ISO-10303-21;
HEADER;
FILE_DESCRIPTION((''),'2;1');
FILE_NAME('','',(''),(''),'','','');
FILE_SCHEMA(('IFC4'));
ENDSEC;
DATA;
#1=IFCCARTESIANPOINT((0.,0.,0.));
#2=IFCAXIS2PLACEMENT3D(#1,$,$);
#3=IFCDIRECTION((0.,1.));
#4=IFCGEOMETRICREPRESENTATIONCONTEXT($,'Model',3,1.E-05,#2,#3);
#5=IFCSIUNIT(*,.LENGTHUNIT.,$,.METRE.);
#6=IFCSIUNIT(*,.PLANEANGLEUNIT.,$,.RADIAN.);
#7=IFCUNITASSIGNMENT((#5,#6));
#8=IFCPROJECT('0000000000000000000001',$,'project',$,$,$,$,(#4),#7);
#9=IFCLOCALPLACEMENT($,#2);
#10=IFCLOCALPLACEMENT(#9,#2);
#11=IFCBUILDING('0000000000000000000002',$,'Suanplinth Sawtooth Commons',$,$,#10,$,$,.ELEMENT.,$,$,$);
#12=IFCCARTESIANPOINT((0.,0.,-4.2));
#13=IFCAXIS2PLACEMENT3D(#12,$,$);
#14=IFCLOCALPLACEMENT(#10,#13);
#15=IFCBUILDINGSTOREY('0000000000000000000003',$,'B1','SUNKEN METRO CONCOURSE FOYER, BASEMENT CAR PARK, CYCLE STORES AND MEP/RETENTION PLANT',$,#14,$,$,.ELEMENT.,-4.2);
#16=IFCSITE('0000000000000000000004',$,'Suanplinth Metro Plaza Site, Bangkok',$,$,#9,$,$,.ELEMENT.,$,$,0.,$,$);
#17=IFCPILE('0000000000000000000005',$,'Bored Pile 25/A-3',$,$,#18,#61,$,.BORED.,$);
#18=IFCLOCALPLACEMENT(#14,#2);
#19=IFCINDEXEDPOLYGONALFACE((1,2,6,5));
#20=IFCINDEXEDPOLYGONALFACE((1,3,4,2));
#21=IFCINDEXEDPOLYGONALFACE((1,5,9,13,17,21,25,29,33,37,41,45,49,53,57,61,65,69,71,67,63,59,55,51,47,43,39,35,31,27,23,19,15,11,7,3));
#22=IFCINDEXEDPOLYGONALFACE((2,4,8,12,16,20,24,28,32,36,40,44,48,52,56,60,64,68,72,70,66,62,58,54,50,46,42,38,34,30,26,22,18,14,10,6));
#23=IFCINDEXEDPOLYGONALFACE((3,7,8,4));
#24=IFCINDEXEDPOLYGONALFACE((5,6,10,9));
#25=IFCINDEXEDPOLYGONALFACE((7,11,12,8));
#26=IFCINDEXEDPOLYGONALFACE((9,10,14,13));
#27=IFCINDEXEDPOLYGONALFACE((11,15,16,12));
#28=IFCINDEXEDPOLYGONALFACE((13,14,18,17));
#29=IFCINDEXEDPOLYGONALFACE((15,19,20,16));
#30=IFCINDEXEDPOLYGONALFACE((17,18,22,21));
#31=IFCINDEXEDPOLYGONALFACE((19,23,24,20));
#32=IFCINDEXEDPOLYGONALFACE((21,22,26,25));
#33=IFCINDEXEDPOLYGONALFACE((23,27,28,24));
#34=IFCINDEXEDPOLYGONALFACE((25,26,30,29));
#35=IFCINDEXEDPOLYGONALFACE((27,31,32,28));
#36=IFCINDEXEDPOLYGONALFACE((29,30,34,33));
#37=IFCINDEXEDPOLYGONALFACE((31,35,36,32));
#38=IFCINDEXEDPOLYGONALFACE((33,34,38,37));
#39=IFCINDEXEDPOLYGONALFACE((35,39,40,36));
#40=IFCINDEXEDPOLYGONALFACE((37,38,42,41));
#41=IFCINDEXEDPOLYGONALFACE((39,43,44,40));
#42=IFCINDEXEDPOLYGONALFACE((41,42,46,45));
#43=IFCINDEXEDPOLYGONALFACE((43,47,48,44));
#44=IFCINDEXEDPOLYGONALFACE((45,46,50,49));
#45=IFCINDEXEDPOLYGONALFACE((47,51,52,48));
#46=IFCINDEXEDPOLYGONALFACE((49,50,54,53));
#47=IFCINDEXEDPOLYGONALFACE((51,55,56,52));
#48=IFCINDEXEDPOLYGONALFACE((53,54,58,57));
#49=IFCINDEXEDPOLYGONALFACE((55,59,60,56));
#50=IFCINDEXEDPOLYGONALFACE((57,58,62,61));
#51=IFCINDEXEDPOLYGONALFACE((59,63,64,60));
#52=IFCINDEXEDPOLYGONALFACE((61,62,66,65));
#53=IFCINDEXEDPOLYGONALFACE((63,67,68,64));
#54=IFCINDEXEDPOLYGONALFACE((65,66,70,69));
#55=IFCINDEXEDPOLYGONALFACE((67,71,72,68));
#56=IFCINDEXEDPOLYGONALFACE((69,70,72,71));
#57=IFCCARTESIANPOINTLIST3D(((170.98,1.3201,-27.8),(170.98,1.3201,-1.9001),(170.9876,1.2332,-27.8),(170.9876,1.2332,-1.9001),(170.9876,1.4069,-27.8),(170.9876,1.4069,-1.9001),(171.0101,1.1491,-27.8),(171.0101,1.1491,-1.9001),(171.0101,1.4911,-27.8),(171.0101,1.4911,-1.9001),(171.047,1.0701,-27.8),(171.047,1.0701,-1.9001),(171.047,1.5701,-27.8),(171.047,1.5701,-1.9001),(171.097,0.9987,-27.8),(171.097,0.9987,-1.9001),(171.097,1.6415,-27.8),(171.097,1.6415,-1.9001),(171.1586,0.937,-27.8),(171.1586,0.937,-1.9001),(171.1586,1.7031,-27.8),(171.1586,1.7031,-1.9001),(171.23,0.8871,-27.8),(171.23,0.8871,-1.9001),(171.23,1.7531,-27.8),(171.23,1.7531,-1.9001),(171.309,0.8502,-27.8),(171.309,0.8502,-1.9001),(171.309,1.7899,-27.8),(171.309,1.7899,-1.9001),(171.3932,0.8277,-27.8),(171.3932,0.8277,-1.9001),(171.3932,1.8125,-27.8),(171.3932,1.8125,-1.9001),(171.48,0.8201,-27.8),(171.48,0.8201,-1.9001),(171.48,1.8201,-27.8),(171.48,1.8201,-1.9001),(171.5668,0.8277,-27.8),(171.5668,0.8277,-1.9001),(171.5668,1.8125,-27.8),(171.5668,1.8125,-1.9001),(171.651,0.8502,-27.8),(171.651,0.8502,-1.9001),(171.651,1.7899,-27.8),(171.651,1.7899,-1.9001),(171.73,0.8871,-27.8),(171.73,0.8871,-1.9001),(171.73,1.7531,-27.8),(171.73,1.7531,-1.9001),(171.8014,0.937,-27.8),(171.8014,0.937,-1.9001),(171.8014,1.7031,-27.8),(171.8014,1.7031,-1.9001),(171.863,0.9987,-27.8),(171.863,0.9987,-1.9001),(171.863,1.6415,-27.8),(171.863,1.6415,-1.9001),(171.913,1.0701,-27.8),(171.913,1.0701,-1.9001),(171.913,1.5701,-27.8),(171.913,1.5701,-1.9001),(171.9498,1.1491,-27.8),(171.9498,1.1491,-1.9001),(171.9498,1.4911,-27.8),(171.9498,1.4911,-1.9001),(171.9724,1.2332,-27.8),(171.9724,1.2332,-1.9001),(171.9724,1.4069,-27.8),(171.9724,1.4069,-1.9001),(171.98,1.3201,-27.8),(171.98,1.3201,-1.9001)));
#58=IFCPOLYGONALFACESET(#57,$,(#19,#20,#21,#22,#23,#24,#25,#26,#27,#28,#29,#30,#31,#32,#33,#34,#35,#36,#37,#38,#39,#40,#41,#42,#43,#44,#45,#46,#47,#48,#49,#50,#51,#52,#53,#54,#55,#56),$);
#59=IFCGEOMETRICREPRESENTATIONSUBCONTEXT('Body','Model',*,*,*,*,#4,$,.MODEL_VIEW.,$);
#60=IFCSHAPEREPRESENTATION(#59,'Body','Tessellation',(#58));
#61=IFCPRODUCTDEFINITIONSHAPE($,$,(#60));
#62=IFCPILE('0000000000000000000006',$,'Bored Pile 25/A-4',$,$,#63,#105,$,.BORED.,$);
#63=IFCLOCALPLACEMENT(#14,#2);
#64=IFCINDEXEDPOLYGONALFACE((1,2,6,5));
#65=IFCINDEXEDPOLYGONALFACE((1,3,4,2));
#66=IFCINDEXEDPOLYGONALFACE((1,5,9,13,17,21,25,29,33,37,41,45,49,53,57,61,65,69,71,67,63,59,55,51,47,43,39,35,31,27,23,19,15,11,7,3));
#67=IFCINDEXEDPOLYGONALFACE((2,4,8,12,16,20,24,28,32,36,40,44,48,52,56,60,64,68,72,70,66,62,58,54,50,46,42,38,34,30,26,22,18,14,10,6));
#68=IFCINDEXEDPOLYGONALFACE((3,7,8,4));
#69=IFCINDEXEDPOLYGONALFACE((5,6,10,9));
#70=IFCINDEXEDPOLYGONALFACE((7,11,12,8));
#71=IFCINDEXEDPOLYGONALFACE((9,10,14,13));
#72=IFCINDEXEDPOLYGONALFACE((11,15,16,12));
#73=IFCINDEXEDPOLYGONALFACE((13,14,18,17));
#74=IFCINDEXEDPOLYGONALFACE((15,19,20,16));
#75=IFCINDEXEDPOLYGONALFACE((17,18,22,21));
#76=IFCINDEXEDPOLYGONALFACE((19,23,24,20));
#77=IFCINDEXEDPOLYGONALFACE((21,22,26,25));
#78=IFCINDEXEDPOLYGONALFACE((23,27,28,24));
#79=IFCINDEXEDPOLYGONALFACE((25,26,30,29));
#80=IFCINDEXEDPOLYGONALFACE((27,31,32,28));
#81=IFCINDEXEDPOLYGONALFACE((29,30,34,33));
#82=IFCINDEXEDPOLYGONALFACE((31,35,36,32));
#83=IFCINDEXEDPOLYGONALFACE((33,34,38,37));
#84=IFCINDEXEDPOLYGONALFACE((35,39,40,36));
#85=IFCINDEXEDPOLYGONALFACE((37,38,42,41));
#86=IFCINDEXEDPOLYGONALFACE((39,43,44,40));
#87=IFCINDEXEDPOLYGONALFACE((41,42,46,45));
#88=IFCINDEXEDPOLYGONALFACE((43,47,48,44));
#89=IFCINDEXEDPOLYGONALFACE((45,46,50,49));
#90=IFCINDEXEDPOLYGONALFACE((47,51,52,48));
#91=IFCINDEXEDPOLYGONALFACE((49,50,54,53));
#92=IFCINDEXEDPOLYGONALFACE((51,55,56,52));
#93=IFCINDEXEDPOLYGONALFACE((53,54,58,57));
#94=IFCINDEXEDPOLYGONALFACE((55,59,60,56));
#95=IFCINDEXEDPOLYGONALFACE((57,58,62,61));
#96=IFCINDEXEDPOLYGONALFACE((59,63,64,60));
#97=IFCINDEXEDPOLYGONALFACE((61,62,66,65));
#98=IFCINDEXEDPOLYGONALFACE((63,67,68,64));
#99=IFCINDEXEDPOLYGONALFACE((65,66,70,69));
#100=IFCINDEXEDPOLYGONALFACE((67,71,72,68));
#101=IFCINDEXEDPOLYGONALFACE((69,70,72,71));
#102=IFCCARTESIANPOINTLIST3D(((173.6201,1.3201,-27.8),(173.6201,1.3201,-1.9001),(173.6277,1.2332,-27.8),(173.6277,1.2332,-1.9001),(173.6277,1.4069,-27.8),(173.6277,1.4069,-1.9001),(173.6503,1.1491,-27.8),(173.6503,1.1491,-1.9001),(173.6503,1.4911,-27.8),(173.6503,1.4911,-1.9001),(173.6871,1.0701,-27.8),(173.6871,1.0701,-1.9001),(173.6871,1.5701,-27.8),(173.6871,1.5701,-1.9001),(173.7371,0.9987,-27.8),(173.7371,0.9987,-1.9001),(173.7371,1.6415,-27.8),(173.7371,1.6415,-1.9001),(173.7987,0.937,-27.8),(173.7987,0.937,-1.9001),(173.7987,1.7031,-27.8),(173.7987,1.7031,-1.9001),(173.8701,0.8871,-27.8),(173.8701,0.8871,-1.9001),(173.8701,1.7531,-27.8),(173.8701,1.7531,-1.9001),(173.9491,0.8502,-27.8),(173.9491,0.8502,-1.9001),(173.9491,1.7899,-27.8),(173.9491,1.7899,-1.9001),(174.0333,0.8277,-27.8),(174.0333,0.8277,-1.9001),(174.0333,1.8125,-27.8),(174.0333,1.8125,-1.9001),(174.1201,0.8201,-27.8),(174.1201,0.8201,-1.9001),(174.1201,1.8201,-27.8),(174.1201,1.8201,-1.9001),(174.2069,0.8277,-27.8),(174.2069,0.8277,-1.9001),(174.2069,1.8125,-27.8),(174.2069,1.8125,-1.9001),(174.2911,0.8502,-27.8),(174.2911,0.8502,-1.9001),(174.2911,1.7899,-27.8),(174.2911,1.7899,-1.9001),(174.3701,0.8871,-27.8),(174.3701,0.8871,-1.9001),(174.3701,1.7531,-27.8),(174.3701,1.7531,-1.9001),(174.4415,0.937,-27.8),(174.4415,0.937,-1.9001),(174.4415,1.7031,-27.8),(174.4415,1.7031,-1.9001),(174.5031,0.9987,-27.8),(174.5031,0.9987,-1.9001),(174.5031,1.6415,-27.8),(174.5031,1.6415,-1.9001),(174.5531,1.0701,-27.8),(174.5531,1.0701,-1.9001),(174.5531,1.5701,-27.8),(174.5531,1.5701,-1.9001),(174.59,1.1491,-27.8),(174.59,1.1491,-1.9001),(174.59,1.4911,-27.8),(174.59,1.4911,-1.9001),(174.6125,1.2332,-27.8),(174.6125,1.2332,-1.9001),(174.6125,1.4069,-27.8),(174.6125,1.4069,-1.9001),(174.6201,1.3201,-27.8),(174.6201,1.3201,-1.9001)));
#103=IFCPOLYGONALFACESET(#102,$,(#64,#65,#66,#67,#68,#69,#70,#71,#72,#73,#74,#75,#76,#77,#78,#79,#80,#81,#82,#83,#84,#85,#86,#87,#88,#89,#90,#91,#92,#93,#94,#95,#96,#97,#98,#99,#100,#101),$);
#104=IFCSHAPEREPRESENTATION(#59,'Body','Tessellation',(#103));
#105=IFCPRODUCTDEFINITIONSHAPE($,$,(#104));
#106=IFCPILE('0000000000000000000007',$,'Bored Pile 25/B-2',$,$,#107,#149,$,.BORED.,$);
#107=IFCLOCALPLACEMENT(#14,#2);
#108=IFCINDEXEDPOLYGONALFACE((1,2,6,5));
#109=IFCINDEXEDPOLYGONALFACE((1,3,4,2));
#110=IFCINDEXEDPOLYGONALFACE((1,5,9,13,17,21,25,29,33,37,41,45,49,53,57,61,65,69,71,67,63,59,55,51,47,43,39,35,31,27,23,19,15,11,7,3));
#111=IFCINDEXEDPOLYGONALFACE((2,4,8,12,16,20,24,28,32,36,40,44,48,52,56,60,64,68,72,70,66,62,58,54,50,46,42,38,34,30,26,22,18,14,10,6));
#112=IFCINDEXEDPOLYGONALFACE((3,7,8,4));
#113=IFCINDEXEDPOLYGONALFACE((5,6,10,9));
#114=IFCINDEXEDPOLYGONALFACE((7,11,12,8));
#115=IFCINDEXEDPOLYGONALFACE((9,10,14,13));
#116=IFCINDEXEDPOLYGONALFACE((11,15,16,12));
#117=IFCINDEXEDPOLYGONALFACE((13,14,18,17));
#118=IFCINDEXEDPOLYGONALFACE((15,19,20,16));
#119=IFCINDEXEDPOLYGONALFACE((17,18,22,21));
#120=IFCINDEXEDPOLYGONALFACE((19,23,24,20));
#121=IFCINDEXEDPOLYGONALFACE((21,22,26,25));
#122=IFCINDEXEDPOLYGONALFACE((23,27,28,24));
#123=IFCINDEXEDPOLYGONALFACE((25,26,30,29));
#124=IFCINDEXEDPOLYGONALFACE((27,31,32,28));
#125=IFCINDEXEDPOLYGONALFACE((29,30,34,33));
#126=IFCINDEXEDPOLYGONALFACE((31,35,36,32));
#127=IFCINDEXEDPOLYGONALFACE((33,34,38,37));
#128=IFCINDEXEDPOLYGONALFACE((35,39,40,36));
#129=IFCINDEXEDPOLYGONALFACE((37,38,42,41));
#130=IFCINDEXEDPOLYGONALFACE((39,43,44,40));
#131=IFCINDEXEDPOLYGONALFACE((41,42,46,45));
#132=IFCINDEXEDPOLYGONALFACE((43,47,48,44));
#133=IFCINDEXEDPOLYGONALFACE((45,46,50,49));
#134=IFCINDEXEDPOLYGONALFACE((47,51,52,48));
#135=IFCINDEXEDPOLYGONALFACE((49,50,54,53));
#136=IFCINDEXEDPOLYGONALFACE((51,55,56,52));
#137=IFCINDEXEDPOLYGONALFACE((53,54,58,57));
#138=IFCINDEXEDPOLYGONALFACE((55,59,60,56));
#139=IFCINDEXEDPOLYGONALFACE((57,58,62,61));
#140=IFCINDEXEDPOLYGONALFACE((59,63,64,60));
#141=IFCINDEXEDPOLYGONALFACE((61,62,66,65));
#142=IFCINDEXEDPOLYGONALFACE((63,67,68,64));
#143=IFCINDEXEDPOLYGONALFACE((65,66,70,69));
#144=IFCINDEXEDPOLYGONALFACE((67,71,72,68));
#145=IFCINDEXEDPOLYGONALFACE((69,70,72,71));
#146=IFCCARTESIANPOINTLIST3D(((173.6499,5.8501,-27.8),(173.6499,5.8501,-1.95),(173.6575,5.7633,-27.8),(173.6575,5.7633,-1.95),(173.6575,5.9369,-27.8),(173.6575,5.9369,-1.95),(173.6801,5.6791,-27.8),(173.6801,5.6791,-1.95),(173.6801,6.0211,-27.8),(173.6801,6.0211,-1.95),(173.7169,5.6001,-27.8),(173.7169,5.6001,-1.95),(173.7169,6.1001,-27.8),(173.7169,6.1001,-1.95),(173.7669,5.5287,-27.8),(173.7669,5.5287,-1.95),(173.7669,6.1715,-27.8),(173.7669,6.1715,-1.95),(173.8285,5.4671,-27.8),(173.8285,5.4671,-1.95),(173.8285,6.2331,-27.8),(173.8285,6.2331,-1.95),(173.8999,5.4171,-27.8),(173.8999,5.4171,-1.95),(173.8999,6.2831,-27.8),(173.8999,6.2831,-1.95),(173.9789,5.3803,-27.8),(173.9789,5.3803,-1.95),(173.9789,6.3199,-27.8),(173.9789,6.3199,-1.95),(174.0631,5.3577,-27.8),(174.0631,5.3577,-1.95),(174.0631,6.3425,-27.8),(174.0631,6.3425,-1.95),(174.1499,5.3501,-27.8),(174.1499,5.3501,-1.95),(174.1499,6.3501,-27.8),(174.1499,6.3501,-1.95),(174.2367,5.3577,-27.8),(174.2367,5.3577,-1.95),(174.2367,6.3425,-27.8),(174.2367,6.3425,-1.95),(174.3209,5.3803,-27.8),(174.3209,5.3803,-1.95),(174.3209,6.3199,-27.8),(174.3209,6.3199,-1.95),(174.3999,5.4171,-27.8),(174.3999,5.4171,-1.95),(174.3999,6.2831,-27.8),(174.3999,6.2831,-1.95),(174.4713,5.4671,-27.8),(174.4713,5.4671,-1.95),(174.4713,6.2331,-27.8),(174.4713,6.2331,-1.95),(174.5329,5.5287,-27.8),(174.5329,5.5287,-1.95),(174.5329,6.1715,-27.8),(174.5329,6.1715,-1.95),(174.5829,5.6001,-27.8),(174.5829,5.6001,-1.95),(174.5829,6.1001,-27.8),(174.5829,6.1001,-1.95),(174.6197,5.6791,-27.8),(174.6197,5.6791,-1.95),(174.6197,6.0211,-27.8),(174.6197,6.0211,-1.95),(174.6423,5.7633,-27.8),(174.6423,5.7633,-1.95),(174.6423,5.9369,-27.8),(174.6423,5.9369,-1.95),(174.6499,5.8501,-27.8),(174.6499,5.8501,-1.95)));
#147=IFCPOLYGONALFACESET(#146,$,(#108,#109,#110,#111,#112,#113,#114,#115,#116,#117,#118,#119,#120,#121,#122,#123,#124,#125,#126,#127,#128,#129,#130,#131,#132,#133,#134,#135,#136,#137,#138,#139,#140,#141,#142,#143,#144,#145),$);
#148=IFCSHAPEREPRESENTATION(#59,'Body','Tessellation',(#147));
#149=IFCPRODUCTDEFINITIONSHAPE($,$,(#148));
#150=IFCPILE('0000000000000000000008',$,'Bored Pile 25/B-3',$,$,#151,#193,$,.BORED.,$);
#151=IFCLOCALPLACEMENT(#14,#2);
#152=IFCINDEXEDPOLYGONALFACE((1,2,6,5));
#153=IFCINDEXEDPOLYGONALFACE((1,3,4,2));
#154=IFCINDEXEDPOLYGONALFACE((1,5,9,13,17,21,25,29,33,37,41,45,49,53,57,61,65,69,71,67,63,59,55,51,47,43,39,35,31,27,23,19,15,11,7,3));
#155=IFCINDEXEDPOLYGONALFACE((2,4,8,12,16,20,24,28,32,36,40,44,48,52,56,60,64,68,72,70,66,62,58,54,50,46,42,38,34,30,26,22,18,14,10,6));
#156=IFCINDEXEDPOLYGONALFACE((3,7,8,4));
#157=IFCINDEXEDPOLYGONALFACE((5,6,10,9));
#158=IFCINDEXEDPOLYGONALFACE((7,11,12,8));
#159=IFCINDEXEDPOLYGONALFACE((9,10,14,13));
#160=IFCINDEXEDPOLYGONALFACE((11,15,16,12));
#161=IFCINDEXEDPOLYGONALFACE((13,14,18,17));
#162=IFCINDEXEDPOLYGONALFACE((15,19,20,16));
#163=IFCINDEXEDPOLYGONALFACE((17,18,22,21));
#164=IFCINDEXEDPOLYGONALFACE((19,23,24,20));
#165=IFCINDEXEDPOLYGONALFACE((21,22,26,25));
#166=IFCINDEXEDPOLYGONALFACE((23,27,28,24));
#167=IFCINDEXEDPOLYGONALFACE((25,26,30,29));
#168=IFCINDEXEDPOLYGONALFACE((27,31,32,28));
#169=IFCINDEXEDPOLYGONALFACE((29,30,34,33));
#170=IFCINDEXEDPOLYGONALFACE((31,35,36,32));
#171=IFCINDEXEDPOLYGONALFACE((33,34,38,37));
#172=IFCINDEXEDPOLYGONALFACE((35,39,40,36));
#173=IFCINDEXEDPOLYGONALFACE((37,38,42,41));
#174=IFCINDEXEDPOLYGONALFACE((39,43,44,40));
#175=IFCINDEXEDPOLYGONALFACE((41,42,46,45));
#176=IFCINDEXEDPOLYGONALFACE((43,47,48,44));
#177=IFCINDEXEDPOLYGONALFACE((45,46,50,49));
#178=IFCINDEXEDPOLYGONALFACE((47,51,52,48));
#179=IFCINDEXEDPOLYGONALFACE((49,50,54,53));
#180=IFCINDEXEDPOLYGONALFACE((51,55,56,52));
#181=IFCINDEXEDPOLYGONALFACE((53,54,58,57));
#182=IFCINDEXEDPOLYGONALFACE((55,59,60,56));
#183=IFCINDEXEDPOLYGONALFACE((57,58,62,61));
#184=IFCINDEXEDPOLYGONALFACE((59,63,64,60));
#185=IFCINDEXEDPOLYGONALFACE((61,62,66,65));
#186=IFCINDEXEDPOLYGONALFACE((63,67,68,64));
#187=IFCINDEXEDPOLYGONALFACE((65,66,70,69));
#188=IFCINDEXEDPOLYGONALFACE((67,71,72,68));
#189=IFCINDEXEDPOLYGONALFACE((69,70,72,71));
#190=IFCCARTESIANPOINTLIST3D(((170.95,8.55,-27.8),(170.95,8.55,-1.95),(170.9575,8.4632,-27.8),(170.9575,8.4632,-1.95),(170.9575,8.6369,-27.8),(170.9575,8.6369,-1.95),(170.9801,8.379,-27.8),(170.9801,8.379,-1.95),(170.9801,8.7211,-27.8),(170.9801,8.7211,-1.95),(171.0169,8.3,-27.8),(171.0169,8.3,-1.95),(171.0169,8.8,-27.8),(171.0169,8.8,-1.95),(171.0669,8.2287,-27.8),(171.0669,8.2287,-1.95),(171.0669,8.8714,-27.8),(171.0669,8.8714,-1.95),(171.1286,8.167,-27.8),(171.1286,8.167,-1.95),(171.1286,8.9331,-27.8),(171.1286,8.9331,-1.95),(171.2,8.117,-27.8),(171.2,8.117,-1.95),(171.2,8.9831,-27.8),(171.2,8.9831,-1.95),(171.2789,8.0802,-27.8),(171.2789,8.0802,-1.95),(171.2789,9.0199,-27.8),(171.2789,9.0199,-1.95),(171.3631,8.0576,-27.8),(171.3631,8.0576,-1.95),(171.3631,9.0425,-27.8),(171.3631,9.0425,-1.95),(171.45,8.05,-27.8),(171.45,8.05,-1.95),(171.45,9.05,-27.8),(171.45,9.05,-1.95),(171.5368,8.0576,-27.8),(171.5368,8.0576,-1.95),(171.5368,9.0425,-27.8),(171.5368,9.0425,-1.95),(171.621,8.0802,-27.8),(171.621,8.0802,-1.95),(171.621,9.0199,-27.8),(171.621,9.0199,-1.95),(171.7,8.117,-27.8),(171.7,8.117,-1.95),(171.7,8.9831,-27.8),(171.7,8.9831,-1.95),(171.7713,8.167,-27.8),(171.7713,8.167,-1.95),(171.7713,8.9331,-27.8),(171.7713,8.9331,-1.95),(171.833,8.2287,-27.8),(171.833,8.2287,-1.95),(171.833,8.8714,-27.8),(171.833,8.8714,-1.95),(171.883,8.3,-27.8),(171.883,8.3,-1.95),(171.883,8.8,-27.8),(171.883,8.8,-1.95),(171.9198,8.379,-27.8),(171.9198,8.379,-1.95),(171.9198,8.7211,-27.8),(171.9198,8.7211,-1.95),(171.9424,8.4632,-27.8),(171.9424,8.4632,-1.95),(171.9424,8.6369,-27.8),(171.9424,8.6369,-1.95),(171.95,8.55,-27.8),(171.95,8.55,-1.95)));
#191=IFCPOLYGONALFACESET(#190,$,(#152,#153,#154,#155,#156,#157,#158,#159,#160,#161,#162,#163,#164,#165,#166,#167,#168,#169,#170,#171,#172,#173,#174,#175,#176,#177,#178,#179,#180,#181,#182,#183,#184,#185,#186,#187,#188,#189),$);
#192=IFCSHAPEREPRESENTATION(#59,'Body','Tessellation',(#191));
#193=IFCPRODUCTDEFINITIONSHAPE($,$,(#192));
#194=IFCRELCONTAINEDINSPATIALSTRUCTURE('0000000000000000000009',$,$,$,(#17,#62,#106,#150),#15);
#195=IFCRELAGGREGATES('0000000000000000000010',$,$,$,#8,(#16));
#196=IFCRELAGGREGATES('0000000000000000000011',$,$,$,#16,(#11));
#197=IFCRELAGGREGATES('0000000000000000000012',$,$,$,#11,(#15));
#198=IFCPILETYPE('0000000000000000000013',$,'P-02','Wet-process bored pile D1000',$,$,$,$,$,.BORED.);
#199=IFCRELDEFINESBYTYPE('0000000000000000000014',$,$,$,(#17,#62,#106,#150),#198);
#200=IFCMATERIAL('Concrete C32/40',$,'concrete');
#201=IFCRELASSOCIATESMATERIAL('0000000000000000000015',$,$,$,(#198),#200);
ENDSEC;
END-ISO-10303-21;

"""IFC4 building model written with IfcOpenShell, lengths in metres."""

from ifc_helpers import new_model, si_unit, direction, frame, origin, origin_2d, place, context, subcontext, project, spatial, circle, extrude, material, material_profile, profile_set, type_object, element, save


model = new_model("IFC4")

# Units and contexts
model_context = context("Model", 3, precision=1e-05, world=origin(), true_north=direction((0.0, 1.0)))
body_context = subcontext(model_context, "Body", "Model", "MODEL_VIEW")
ifc_project = project(units=[si_unit("LENGTHUNIT", "METRE"), si_unit("PLANEANGLEUNIT", "RADIAN")], contexts=[model_context])

# Site, building, storey
site_placement = place(None, origin())
site = spatial("IfcSite", under=ifc_project, at=site_placement, Name="Suanplinth Metro Plaza Site, Bangkok", CompositionType="ELEMENT", RefElevation=0.0)
building_placement = place(site_placement, origin())
building = spatial("IfcBuilding", under=site, at=building_placement, Name="Suanplinth Sawtooth Commons", CompositionType="ELEMENT")
storey_placement = place(building_placement, frame((0.0, 0.0, -4.2)))
storey = spatial("IfcBuildingStorey", under=building, at=storey_placement, Name="B1", Description="SUNKEN METRO CONCOURSE FOYER, BASEMENT CAR PARK, CYCLE STORES AND MEP/RETENTION PLANT", CompositionType="ELEMENT", Elevation=-4.2)

# Piles
ifc_material_1 = material(Name="Concrete C32/40", Category="concrete")
ifc_material_profile_1 = material_profile(ifc_material_1, circle(Radius=0.5, at=origin_2d()), Name="PILE D1000")
ifc_profile_set_1 = profile_set([ifc_material_profile_1], Name="Concrete C32/40")
pile_type = type_object("IfcPileType", Name="P-02", Description="Wet-process bored pile D1000", PredefinedType="BORED", material=ifc_profile_set_1)
for number, where, z_axis, x_axis, name in (
    (1, (171.48, 1.3201, -1.9001), (0.0, 0.0, -1.0), (1.0, 0.0, 0.0), "Bored Pile 25/A-3"),
    (2, (174.1201, 1.3201, -1.9001), (0.0, 0.0, -1.0), (1.0, 0.0, 0.0), "Bored Pile 25/A-4"),
):
    element("IfcPile", number, at=place(storey_placement, frame(where, z_axis=z_axis, x_axis=x_axis)), inside=storey, type_object=pile_type, Name=name, PredefinedType="BORED", context=body_context, shape_type="SweptSolid", body=[
        extrude(circle(Radius=0.5, at=origin_2d()), origin(), (0.0, 0.0, 1.0), 25.8999),
    ])
for number, where, z_axis, x_axis, name in (
    (3, (174.1499, 5.8501, -1.95), (0.0, 0.0, -1.0), (1.0, 0.0, 0.0), "Bored Pile 25/B-2"),
    (4, (171.45, 8.55, -1.95), (0.0, 0.0, -1.0), (1.0, 0.0, 0.0), "Bored Pile 25/B-3"),
):
    element("IfcPile", number, at=place(storey_placement, frame(where, z_axis=z_axis, x_axis=x_axis)), inside=storey, type_object=pile_type, Name=name, PredefinedType="BORED", context=body_context, shape_type="SweptSolid", body=[
        extrude(circle(Radius=0.5, at=origin_2d()), origin(), (0.0, 0.0, 1.0), 25.8501),
    ])

save(model, "model.ifc")
